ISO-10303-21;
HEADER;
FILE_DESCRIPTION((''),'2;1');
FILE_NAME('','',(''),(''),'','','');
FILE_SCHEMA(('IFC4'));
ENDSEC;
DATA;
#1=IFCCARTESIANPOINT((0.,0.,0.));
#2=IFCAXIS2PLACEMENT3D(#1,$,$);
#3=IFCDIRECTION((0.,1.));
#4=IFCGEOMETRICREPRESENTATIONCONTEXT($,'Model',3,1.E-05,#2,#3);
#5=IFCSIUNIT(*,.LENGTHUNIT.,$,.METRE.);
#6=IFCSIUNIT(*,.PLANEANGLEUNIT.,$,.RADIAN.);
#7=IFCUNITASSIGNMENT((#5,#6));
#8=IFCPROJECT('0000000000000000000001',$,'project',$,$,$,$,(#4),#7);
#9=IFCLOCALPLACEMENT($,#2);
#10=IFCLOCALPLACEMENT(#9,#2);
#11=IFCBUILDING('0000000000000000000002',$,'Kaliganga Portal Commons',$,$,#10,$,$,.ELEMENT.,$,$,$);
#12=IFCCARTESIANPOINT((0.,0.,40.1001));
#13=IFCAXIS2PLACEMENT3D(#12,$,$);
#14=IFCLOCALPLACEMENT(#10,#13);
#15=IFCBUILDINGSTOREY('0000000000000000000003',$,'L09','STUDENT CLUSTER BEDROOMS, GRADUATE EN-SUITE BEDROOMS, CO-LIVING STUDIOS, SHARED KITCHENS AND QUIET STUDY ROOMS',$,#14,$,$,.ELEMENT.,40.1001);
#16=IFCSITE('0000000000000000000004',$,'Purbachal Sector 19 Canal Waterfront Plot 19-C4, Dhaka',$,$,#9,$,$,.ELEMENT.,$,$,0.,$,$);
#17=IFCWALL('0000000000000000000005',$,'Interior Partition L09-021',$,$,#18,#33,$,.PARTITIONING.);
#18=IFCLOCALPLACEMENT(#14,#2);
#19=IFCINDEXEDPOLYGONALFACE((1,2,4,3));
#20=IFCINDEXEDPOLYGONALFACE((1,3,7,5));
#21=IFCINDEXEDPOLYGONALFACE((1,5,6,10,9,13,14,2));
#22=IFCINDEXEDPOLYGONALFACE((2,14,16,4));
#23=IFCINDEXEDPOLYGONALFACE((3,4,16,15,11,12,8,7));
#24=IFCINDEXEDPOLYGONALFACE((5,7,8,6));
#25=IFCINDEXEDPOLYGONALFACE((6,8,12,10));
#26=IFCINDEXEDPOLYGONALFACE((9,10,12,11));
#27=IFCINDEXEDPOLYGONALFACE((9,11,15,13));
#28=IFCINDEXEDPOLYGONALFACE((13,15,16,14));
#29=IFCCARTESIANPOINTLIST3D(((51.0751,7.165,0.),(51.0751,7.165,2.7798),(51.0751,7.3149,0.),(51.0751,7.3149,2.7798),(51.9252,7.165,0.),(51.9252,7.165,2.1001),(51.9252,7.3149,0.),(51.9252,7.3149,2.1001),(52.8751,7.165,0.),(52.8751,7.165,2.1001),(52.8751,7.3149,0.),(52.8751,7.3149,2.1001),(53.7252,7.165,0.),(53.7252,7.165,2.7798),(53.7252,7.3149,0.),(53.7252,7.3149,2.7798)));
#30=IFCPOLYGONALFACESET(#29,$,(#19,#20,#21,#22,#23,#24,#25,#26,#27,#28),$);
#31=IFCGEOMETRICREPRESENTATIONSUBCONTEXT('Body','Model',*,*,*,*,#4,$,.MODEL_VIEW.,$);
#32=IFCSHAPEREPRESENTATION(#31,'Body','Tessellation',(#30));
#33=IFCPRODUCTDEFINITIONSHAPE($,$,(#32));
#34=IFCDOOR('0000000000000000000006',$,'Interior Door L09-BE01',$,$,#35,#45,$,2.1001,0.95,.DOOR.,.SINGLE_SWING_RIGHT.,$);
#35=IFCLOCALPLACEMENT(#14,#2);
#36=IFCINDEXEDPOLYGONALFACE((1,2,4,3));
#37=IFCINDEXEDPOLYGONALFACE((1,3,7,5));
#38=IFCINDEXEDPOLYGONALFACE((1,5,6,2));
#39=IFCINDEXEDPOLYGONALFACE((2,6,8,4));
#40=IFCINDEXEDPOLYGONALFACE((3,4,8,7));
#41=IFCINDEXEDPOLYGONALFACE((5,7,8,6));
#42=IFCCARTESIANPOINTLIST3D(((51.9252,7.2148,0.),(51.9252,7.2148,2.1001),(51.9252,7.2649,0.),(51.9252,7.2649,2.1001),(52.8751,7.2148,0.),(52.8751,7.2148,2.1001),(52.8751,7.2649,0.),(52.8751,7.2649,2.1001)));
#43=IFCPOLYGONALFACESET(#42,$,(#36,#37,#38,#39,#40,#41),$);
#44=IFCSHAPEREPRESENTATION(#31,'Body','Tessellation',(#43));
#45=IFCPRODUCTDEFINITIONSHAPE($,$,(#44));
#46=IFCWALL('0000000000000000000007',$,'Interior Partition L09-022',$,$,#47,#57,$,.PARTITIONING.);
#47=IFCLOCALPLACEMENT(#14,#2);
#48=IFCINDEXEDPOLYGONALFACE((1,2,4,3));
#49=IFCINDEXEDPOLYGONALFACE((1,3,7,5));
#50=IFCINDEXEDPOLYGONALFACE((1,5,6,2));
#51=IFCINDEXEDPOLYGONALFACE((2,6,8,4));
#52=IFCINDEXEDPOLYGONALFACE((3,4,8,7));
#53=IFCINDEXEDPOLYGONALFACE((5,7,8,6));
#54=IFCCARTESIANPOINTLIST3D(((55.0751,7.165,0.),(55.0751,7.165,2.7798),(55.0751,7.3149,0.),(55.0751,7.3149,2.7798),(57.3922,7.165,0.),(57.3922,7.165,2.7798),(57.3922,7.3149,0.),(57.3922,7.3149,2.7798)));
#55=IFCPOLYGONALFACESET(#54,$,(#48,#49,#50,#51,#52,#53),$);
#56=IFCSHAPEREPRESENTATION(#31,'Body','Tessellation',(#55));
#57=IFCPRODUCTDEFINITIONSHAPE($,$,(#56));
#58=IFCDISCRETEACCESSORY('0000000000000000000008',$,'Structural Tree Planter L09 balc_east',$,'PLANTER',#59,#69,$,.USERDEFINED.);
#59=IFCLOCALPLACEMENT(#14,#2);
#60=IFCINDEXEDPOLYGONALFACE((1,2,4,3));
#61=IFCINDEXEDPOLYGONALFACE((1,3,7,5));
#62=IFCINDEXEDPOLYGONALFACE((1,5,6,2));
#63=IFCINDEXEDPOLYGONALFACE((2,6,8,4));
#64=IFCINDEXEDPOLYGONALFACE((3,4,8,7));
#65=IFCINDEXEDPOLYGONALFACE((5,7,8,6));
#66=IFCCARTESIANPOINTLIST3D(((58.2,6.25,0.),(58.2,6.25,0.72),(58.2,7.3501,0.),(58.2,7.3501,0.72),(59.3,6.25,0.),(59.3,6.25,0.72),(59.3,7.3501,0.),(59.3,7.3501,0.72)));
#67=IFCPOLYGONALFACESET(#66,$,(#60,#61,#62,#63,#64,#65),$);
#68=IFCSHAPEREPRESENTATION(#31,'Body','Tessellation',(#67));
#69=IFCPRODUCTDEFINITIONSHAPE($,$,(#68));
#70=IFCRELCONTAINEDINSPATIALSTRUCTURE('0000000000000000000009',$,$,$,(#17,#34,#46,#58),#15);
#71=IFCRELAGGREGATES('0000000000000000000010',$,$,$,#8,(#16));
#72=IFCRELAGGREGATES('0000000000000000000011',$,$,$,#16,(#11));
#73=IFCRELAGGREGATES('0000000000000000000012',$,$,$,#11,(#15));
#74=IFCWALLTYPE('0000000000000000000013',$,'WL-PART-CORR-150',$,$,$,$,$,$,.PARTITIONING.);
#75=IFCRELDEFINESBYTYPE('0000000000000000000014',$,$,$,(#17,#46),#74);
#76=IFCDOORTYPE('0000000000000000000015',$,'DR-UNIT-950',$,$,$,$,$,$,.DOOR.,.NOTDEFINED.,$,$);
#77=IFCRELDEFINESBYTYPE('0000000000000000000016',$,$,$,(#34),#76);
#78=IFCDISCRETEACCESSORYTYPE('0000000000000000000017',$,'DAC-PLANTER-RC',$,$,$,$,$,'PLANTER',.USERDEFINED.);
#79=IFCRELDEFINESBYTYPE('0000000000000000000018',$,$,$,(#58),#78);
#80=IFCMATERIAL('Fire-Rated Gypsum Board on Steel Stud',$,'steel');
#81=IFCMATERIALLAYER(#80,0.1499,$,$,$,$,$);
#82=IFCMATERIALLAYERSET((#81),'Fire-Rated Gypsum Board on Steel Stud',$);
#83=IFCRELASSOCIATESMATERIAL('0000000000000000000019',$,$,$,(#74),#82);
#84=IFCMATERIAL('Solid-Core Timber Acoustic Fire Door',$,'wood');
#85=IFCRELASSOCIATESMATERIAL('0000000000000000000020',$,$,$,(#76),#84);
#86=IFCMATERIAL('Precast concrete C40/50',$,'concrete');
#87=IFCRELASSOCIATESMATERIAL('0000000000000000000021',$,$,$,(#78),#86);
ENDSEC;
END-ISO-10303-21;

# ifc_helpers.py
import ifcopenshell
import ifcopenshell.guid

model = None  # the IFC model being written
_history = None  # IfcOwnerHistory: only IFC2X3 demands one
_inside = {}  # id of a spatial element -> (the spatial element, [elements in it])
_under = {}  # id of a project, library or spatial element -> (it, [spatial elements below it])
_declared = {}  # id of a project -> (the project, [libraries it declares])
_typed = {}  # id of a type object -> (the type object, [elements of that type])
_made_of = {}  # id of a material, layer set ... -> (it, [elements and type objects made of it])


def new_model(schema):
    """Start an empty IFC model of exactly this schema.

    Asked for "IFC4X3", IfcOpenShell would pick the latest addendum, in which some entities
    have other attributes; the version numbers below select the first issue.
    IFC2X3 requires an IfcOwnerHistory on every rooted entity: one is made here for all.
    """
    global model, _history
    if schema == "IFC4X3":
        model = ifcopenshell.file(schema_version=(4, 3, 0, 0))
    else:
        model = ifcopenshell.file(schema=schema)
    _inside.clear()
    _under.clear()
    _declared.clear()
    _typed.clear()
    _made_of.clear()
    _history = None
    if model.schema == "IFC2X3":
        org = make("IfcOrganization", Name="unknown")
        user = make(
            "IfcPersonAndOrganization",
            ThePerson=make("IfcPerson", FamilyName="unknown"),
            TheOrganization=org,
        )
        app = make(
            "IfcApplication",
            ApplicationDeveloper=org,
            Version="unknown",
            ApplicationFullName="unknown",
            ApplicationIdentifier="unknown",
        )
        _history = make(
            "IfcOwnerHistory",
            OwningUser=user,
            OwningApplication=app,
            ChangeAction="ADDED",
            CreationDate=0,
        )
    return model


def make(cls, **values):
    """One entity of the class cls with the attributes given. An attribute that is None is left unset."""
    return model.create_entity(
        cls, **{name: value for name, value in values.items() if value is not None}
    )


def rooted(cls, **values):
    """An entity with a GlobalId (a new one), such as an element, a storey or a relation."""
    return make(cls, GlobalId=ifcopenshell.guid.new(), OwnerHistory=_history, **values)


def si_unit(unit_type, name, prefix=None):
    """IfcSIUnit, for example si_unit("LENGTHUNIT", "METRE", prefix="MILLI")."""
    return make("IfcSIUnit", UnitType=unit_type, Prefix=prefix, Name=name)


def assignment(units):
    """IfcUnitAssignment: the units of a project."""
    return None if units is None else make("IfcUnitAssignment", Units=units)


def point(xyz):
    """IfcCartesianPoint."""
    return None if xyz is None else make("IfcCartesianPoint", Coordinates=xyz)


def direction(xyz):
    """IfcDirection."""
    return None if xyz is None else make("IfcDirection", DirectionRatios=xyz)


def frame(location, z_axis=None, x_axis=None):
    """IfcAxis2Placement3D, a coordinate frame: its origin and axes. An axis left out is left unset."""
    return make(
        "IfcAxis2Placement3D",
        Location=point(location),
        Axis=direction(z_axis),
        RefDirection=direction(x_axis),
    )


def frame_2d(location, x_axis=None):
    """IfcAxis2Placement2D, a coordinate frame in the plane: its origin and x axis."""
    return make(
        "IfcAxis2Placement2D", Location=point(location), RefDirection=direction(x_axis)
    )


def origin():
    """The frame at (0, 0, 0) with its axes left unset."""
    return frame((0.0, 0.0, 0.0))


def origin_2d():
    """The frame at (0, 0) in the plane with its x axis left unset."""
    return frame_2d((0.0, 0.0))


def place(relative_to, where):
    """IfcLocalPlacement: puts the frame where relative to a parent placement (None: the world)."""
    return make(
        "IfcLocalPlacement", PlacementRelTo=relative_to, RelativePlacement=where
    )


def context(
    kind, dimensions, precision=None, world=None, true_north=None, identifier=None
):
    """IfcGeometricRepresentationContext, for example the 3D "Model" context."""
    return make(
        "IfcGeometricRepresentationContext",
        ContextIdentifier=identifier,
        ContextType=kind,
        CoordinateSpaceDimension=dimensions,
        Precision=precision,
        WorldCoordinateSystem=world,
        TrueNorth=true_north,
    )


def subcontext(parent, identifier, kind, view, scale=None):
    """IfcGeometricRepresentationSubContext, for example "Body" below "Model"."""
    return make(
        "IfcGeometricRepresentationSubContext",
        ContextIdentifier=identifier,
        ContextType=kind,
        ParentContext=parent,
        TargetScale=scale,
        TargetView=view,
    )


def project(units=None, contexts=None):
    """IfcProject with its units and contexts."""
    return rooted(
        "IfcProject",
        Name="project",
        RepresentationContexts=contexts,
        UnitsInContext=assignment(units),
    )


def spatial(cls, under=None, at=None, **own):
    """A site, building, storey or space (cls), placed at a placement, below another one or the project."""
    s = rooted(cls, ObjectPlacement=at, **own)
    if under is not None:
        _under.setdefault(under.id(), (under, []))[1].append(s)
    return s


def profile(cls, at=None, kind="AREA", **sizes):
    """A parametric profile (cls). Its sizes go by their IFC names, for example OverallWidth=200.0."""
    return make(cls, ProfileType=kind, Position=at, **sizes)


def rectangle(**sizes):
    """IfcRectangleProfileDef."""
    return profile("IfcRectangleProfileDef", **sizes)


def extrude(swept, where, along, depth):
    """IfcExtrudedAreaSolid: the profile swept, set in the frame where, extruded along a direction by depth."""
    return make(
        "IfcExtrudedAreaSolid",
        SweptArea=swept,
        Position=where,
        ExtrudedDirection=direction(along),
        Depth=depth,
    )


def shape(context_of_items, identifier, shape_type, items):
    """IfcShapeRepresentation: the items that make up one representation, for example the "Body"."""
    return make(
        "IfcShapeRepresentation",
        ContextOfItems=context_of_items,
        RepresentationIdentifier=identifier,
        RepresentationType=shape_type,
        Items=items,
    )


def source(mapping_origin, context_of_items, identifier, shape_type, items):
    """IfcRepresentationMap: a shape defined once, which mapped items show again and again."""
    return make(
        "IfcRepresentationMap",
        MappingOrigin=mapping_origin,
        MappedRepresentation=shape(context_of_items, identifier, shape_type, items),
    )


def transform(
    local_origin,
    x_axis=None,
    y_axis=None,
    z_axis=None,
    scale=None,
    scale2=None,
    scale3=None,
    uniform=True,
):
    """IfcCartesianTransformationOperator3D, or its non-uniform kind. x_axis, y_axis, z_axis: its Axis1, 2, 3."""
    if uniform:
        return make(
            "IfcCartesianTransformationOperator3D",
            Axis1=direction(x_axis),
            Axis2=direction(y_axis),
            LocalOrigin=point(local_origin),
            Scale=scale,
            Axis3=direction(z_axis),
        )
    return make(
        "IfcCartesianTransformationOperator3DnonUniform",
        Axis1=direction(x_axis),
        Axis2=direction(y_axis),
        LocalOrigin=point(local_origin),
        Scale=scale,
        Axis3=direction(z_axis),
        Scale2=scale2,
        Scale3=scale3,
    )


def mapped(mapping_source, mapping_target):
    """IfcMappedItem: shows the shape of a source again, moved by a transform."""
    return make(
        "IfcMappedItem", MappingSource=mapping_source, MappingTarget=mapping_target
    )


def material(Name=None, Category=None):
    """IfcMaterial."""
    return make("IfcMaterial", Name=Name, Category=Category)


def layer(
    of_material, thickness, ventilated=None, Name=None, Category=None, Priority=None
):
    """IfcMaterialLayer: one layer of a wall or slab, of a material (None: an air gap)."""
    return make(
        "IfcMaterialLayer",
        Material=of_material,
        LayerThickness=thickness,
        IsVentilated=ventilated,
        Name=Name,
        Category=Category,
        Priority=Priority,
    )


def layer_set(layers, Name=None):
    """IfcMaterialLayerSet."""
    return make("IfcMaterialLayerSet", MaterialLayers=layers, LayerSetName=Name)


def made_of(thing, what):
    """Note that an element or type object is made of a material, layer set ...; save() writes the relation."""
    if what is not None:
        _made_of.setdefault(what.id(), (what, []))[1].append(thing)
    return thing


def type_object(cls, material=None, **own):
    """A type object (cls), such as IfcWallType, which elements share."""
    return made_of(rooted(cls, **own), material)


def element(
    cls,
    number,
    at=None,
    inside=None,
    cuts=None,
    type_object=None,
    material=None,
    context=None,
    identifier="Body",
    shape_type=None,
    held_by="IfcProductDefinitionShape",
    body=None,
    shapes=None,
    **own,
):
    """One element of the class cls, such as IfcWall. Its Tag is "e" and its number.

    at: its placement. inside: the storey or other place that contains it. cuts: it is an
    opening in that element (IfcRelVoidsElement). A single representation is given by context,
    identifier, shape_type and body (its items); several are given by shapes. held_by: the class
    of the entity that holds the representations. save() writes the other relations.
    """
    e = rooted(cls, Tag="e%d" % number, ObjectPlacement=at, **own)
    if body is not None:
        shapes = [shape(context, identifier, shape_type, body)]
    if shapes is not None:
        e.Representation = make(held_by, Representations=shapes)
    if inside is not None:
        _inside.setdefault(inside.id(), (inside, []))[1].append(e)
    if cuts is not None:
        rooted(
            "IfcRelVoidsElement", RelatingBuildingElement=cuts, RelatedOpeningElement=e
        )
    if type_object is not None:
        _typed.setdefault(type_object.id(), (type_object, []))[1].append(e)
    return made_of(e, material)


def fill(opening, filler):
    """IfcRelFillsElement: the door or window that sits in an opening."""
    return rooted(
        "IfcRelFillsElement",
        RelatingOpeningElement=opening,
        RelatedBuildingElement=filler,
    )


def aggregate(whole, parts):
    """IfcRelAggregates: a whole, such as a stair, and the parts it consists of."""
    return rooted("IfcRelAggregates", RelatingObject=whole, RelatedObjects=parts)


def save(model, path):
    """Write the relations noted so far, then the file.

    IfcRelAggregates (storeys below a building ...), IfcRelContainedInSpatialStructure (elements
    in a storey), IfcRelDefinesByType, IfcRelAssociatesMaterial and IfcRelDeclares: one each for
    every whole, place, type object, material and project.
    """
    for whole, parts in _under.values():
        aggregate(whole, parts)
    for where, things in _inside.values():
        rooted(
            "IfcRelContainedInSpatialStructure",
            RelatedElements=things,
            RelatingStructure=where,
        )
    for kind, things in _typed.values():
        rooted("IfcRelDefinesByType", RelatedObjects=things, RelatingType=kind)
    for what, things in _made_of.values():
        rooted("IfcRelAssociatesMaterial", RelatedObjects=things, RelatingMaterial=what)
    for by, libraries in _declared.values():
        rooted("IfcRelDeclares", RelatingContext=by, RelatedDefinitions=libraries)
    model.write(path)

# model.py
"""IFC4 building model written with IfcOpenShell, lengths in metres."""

from ifc_helpers import new_model, si_unit, direction, frame, frame_2d, origin, origin_2d, place, context, subcontext, project, spatial, rectangle, extrude, source, transform, mapped, material, layer, layer_set, type_object, element, fill, save


model = new_model("IFC4")

# Units and contexts
model_context = context("Model", 3, precision=1e-05, world=origin(), true_north=direction((0.0, 1.0)))
body_context = subcontext(model_context, "Body", "Model", "MODEL_VIEW")
ifc_project = project(units=[si_unit("LENGTHUNIT", "METRE"), si_unit("PLANEANGLEUNIT", "RADIAN")], contexts=[model_context])

# Site, building, storey
site_placement = place(None, origin())
site = spatial("IfcSite", under=ifc_project, at=site_placement, Name="Purbachal Sector 19 Canal Waterfront Plot 19-C4, Dhaka", CompositionType="ELEMENT", RefElevation=0.0)
building_placement = place(site_placement, origin())
building = spatial("IfcBuilding", under=site, at=building_placement, Name="Kaliganga Portal Commons", CompositionType="ELEMENT")
storey_placement = place(building_placement, frame((0.0, 0.0, 40.1001)))
storey = spatial("IfcBuildingStorey", under=building, at=storey_placement, Name="L09", Description="STUDENT CLUSTER BEDROOMS, GRADUATE EN-SUITE BEDROOMS, CO-LIVING STUDIOS, SHARED KITCHENS AND QUIET STUDY ROOMS", CompositionType="ELEMENT", Elevation=40.1001)

# Wall, opening, door
ifc_material_1 = material(Name="Fire-Rated Gypsum Board on Steel Stud", Category="steel")
ifc_layer_1 = layer(ifc_material_1, 0.1499)
ifc_layer_set_1 = layer_set([ifc_layer_1], Name="Fire-Rated Gypsum Board on Steel Stud")
wall_type_1 = type_object("IfcWallType", Name="WL-PART-CORR-150", PredefinedType="PARTITIONING", material=ifc_layer_set_1)
wall_1_placement = place(storey_placement, frame((51.075, 7.24, 0.0), z_axis=(0.0, 0.0, 1.0), x_axis=(1.0, 0.0, 0.0)))
wall_1 = element("IfcWall", 1, at=wall_1_placement, inside=storey, type_object=wall_type_1, Name="Interior Partition L09-021", PredefinedType="PARTITIONING", context=body_context, shape_type="SweptSolid", body=[
    extrude(rectangle(XDim=2.6501, YDim=0.1499, at=frame_2d((1.3252, 0.0))), origin(), (0.0, 0.0, 1.0), 2.7798),
])
opening_1_placement = place(wall_1_placement, frame((0.8501, 0.0, 0.0)))
opening_1 = element("IfcOpeningElement", 2, at=opening_1_placement, cuts=wall_1, PredefinedType="OPENING", context=body_context, shape_type="SweptSolid", body=[
    extrude(rectangle(XDim=0.95, YDim=2.1001, at=frame_2d((0.4751, 1.05))), frame((0.0, 0.085, 0.0), z_axis=(0.0, -1.0, 0.0), x_axis=(1.0, 0.0, 0.0)), (0.0, 0.0, 1.0), 0.1699),
])
ifc_material_2 = material(Name="Solid-Core Timber Acoustic Fire Door", Category="wood")
door_type_1 = type_object("IfcDoorType", Name="DR-UNIT-950", OperationType="NOTDEFINED", PredefinedType="DOOR", material=ifc_material_2)
door_1_placement = place(opening_1_placement, origin())
door_1 = element("IfcDoor", 3, at=door_1_placement, inside=storey, type_object=door_type_1, Name="Interior Door L09-BE01", OperationType="SINGLE_SWING_RIGHT", OverallHeight=2.1001, OverallWidth=0.95, PredefinedType="DOOR", context=body_context, shape_type="SweptSolid", body=[
    extrude(rectangle(XDim=0.95, YDim=2.1001, at=frame_2d((0.4751, 1.05))), frame((0.0, 0.0249, 0.0), z_axis=(0.0, -1.0, 0.0), x_axis=(1.0, 0.0, 0.0)), (0.0, 0.0, 1.0), 0.05),
])
fill(opening_1, door_1)

# Wall
wall_2_placement = place(storey_placement, frame((55.075, 7.24, 0.0), z_axis=(0.0, 0.0, 1.0), x_axis=(1.0, 0.0, 0.0)))
element("IfcWall", 4, at=wall_2_placement, inside=storey, type_object=wall_type_1, Name="Interior Partition L09-022", PredefinedType="PARTITIONING", context=body_context, shape_type="SweptSolid", body=[
    extrude(rectangle(XDim=2.3171, YDim=0.1499, at=frame_2d((1.1587, 0.0))), origin(), (0.0, 0.0, 1.0), 2.7798),
])

# Discrete accessory
ifc_material_3 = material(Name="Precast concrete C40/50", Category="concrete")
discrete_accessory_type = type_object("IfcDiscreteAccessoryType", Name="DAC-PLANTER-RC", ElementType="PLANTER", PredefinedType="USERDEFINED", material=ifc_material_3)
shared_shape_1 = source(origin(), body_context, "Body", "SweptSolid", [
    extrude(rectangle(XDim=1.1001, YDim=1.1001, at=origin_2d()), origin(), (0.0, 0.0, 1.0), 0.72),
])
discrete_accessory_placement = place(storey_placement, frame((58.75, 6.8, 0.0), z_axis=(0.0, 0.0, 1.0), x_axis=(1.0, 0.0, 0.0)))
element("IfcDiscreteAccessory", 5, at=discrete_accessory_placement, inside=storey, type_object=discrete_accessory_type, Name="Structural Tree Planter L09 balc_east", ObjectType="PLANTER", PredefinedType="USERDEFINED", context=body_context, shape_type="MappedRepresentation", body=[
    mapped(shared_shape_1, transform((0.0, 0.0, 0.0), x_axis=(1.0, 0.0, 0.0), y_axis=(0.0, 1.0, 0.0), z_axis=(0.0, 0.0, 1.0), scale=1.0)),
])

save(model, "model.ifc")
